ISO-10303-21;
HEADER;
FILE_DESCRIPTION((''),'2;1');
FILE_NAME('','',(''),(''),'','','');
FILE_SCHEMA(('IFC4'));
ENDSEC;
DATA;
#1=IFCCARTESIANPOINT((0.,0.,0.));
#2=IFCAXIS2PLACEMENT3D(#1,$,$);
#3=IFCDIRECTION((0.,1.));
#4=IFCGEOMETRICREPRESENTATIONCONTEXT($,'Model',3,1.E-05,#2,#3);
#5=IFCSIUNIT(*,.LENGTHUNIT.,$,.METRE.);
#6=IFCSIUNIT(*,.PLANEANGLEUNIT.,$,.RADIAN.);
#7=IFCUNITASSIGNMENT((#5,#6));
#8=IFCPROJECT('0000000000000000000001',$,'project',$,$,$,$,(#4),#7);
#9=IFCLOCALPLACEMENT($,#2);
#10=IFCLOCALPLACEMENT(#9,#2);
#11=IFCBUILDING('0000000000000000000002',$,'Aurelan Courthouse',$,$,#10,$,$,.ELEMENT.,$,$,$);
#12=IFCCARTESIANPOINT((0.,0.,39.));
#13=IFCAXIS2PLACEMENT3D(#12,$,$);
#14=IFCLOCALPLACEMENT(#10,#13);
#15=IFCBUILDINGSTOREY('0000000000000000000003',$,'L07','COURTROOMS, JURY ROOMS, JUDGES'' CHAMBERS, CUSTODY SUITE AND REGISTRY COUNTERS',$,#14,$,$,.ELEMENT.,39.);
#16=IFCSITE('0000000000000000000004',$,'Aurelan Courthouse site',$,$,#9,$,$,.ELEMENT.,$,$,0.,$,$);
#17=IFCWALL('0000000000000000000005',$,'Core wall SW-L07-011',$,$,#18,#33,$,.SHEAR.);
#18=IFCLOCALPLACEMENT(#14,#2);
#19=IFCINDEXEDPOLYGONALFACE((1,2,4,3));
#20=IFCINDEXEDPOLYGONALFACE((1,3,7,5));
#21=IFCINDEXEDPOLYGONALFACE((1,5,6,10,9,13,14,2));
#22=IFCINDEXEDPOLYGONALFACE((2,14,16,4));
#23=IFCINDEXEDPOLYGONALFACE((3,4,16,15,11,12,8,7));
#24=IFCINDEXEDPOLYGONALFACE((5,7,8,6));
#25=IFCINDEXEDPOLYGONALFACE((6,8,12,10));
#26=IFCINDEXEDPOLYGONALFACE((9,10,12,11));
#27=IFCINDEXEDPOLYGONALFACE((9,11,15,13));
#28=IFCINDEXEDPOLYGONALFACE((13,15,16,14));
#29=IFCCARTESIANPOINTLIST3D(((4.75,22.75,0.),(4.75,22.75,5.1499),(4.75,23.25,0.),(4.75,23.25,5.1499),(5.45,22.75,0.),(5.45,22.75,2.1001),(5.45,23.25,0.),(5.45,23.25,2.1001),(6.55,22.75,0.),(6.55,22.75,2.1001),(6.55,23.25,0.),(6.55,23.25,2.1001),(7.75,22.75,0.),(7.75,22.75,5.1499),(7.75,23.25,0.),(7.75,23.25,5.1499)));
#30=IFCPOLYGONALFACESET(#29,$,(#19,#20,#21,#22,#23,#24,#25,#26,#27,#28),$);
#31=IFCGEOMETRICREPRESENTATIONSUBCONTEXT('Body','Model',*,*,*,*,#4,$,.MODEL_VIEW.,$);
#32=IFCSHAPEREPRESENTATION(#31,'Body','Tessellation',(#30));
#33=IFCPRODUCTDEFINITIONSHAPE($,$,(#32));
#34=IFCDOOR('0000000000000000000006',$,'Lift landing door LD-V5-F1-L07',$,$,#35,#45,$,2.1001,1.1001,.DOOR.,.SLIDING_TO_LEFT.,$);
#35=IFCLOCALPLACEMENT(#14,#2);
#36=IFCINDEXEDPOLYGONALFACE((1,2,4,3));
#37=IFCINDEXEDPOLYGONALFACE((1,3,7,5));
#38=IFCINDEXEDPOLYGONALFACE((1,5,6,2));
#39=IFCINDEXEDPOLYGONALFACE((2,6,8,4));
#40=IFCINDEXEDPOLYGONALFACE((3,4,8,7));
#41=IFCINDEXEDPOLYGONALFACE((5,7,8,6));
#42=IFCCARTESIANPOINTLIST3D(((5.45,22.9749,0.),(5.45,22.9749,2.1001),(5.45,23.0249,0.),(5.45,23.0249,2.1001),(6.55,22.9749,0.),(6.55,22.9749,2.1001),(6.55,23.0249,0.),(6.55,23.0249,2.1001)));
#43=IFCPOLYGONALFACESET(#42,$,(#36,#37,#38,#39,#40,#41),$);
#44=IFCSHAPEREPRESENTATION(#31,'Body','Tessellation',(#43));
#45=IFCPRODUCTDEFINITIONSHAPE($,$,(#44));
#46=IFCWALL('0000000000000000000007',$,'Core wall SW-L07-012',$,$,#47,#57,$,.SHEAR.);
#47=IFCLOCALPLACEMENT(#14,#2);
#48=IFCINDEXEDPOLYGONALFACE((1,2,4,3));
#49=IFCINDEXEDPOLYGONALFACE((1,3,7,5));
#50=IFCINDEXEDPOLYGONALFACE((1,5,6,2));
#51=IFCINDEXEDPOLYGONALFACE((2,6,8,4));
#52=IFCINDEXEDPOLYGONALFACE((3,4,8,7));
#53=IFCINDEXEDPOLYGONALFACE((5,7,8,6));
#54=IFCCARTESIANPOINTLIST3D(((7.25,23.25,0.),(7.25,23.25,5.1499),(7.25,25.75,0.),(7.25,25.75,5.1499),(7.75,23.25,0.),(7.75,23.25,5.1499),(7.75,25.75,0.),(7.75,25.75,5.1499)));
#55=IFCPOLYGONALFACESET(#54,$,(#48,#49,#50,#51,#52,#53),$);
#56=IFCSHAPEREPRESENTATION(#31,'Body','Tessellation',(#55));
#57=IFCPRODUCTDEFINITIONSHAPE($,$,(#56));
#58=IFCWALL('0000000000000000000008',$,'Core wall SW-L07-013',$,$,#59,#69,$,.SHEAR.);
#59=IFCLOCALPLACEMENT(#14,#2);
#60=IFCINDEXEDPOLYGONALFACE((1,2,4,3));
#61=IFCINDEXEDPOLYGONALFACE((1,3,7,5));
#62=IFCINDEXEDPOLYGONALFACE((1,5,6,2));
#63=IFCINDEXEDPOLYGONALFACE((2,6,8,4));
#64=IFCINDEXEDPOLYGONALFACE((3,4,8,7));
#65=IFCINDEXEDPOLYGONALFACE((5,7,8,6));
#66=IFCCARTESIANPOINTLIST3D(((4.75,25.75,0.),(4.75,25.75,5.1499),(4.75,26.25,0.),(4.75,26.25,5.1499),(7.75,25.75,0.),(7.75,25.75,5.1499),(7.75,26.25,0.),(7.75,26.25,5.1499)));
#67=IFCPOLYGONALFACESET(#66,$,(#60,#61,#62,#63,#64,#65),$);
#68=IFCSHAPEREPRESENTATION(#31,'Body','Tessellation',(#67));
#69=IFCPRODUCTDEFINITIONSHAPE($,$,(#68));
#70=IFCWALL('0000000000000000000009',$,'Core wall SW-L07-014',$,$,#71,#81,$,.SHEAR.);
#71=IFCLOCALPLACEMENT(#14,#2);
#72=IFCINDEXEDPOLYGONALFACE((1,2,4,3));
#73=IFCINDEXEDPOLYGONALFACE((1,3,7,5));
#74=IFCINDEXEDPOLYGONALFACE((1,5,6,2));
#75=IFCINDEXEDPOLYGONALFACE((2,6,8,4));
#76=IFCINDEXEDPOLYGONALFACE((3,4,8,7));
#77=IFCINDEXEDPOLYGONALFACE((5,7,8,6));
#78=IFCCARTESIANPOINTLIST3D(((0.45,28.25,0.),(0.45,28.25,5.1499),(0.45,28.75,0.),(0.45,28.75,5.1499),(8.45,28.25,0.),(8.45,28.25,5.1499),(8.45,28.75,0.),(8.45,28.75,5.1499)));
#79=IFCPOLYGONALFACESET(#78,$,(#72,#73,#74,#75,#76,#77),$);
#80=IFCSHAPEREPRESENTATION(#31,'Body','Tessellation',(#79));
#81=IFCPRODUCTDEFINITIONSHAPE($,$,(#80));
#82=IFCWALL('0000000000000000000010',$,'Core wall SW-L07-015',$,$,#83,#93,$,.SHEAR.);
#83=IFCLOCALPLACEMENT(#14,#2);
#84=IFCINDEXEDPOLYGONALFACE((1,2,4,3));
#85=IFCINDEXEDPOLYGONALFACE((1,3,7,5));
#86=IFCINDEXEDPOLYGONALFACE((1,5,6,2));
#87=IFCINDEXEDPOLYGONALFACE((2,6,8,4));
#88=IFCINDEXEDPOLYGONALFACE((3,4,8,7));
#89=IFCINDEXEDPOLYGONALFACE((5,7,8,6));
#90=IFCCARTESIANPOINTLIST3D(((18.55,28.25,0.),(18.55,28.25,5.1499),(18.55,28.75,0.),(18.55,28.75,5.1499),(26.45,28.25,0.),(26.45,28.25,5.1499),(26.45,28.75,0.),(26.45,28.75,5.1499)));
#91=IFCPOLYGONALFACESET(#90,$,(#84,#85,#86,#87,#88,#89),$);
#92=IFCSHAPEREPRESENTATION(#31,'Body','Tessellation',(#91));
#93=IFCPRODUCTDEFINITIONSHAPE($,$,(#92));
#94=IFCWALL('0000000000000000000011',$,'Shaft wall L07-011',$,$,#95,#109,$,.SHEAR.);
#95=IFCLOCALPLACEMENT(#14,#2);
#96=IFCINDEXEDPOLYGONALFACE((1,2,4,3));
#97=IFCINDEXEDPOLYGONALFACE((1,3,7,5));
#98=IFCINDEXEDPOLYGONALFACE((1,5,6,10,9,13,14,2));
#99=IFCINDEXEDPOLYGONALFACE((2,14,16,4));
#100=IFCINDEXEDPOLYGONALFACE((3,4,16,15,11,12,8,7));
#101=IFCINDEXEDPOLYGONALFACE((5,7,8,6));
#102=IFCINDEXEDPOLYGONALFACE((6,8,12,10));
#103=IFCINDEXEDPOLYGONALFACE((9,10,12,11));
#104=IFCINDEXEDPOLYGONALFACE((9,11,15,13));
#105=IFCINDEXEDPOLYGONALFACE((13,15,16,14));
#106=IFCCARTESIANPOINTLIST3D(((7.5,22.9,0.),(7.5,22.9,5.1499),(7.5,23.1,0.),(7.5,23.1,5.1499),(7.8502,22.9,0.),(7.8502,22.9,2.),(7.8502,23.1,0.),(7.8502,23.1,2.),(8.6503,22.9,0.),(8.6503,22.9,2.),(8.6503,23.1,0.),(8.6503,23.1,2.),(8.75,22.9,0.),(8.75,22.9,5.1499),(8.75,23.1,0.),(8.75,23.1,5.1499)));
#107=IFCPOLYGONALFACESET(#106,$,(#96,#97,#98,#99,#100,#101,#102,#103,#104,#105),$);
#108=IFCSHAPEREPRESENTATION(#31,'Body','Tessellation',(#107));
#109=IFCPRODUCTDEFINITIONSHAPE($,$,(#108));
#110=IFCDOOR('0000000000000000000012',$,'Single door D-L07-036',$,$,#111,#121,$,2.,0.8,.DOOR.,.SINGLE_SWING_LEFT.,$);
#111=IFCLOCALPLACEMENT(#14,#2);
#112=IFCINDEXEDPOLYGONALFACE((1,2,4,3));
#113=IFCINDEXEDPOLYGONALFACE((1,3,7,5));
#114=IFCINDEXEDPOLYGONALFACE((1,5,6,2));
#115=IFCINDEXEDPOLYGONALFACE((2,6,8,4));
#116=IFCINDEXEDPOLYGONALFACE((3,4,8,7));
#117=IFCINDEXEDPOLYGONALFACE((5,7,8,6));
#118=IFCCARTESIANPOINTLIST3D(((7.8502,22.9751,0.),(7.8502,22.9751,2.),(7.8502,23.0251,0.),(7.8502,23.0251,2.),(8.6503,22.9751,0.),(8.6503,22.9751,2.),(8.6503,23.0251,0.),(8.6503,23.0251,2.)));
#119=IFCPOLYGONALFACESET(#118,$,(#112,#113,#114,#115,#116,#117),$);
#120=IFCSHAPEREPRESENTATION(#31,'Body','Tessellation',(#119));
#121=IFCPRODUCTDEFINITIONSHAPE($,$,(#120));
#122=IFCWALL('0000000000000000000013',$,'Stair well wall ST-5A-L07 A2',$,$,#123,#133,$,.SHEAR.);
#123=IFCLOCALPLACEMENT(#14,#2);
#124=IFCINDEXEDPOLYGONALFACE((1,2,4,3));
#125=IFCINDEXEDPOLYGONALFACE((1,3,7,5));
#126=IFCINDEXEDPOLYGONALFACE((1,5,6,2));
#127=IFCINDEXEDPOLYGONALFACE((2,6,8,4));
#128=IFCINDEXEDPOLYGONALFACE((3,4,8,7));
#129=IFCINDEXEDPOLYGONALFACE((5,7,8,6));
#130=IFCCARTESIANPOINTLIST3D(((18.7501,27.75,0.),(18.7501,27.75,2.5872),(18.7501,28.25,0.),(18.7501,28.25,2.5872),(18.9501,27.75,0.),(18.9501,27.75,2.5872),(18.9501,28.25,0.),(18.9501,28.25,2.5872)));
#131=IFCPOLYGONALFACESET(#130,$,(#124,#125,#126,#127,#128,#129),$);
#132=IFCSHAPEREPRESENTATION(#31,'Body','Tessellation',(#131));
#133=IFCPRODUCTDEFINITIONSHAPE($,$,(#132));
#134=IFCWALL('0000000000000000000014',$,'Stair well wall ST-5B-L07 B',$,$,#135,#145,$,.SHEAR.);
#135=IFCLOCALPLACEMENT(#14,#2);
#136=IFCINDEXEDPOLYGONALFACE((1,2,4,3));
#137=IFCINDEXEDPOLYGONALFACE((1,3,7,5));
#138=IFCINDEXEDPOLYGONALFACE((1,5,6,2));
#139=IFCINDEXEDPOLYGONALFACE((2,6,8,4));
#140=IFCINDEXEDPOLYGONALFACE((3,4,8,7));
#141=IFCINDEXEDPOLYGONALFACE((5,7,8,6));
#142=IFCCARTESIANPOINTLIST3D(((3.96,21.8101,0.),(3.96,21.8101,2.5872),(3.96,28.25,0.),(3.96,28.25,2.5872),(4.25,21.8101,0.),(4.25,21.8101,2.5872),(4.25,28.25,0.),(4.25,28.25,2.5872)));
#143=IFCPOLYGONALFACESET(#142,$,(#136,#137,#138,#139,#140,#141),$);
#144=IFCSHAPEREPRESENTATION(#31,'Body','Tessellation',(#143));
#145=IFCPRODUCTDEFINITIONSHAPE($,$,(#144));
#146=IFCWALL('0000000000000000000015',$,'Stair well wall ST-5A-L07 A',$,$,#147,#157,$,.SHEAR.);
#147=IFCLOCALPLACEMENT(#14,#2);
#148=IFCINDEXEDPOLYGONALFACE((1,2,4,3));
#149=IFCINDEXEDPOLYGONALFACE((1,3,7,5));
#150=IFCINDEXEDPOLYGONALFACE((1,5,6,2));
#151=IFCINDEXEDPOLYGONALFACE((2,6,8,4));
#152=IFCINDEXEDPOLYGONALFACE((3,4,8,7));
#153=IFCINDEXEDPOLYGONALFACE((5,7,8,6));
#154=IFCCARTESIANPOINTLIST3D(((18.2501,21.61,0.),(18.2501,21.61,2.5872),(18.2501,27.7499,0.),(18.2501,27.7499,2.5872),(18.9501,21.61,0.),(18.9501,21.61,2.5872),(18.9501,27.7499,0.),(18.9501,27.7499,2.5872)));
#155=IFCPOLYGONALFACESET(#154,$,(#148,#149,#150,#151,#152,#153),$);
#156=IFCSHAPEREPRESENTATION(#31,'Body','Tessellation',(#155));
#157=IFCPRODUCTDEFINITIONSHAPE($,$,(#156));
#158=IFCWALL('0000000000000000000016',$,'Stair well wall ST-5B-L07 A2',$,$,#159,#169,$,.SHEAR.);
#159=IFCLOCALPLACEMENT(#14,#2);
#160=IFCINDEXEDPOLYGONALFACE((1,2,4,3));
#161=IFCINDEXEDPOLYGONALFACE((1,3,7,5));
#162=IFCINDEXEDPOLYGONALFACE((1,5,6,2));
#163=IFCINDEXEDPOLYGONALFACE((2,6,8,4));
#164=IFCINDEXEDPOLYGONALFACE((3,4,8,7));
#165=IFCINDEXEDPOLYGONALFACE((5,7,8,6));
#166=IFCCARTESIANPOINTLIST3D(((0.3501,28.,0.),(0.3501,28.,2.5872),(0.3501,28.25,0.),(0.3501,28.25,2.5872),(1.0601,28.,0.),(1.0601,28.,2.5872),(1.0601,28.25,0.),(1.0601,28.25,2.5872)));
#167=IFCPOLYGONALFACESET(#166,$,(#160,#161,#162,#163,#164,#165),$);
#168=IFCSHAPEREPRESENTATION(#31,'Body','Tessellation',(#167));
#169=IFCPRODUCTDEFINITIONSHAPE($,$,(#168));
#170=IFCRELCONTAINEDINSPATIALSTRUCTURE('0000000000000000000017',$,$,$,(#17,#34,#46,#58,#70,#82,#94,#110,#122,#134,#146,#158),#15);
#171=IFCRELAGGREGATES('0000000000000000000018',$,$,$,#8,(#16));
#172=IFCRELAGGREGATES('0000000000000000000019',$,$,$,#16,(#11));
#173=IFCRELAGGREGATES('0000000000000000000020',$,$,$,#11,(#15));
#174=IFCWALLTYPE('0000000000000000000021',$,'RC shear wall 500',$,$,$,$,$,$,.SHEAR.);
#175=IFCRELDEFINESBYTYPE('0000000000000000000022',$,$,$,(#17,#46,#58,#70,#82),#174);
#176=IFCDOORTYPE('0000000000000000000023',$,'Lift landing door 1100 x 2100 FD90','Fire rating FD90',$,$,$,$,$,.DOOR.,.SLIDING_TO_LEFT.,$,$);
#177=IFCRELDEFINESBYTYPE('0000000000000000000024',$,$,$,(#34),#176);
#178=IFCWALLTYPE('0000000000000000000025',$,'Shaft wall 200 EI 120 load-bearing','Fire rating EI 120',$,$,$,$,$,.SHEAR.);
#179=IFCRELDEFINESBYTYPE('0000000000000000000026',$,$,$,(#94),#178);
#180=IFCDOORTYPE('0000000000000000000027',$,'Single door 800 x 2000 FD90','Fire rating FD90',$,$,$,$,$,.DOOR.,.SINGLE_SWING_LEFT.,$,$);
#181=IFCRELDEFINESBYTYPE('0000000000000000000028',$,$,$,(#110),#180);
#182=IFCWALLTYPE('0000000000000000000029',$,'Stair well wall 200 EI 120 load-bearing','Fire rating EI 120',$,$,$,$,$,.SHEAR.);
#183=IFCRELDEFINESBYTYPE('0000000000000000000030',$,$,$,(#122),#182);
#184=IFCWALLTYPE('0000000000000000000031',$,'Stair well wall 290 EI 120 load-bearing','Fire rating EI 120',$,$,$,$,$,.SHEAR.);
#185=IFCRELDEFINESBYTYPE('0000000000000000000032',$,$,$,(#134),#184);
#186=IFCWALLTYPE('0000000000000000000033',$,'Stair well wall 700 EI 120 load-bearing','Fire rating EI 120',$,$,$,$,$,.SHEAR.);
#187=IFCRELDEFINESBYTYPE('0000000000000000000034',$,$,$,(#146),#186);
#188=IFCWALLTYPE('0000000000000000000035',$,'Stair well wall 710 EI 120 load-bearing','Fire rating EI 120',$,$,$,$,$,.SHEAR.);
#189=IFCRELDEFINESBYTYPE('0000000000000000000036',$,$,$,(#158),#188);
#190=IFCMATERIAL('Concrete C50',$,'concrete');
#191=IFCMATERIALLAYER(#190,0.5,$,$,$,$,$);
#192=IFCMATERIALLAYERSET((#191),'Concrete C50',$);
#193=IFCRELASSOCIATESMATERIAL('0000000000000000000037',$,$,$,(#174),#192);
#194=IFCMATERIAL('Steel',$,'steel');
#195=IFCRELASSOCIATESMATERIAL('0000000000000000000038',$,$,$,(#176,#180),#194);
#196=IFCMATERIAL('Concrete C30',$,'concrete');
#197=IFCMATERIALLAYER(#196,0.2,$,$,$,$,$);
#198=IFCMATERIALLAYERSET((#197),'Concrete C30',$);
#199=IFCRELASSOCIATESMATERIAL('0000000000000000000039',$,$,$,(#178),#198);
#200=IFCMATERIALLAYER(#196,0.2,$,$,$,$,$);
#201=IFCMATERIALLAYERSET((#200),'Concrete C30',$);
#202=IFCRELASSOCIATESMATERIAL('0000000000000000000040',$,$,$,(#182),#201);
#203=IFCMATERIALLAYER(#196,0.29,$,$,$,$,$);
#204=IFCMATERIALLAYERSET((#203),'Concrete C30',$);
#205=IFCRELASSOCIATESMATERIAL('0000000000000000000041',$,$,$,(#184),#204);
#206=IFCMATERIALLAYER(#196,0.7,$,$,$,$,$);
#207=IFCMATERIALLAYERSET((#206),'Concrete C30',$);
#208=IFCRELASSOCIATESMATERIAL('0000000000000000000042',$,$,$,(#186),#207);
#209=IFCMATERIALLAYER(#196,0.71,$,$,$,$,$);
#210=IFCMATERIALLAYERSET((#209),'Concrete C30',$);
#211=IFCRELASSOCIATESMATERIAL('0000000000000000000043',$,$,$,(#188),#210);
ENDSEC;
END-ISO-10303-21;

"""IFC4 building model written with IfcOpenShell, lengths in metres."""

from ifc_helpers import new_model, si_unit, direction, frame, frame_2d, origin, place, context, subcontext, project, spatial, rectangle, extrude, material, layer, layer_set, type_object, element, fill, save


model = new_model("IFC4")

# Units and contexts
model_context = context("Model", 3, precision=1e-05, world=origin(), true_north=direction((0.0, 1.0)))
body_context = subcontext(model_context, "Body", "Model", "MODEL_VIEW")
ifc_project = project(units=[si_unit("LENGTHUNIT", "METRE"), si_unit("PLANEANGLEUNIT", "RADIAN")], contexts=[model_context])

# Site, building, storey
site_placement = place(None, origin())
site = spatial("IfcSite", under=ifc_project, at=site_placement, Name="Aurelan Courthouse site", CompositionType="ELEMENT", RefElevation=0.0)
building_placement = place(site_placement, origin())
building = spatial("IfcBuilding", under=site, at=building_placement, Name="Aurelan Courthouse", CompositionType="ELEMENT")
storey_placement = place(building_placement, frame((0.0, 0.0, 39.0)))
storey = spatial("IfcBuildingStorey", under=building, at=storey_placement, Name="L07", Description="COURTROOMS, JURY ROOMS, JUDGES' CHAMBERS, CUSTODY SUITE AND REGISTRY COUNTERS", CompositionType="ELEMENT", Elevation=39.0)

# Shared definitions
ifc_material_1 = material(Name="Concrete C50", Category="concrete")

# Shared definitions
ifc_layer_1 = layer(ifc_material_1, 0.5)
ifc_layer_set_1 = layer_set([ifc_layer_1], Name="Concrete C50")
wall_type_1 = type_object("IfcWallType", Name="RC shear wall 500", PredefinedType="SHEAR", material=ifc_layer_set_1)
ifc_material_2 = material(Name="Steel", Category="steel")
door_type_1 = type_object("IfcDoorType", Name="Lift landing door 1100 x 2100 FD90", Description="Fire rating FD90", OperationType="SLIDING_TO_LEFT", PredefinedType="DOOR", material=ifc_material_2)

# Wall, opening, door
wall_1_placement = place(storey_placement, frame((4.75, 23.0, 0.0), z_axis=(0.0, 0.0, 1.0), x_axis=(1.0, 0.0, 0.0)))
wall_1 = element("IfcWall", 1, at=wall_1_placement, inside=storey, type_object=wall_type_1, Name="Core wall SW-L07-011", PredefinedType="SHEAR", context=body_context, shape_type="SweptSolid", body=[
    extrude(rectangle(XDim=3.0, YDim=0.5, at=frame_2d((1.5, 0.0))), origin(), (0.0, 0.0, 1.0), 5.1499),
])
opening_1_placement = place(wall_1_placement, frame((0.7, 0.0, 0.0)))
opening_1 = element("IfcOpeningElement", 2, at=opening_1_placement, cuts=wall_1, PredefinedType="OPENING", context=body_context, shape_type="SweptSolid", body=[
    extrude(rectangle(XDim=1.1001, YDim=2.1001, at=frame_2d((0.55, 1.05))), frame((0.0, 0.26, 0.0), z_axis=(0.0, -1.0, 0.0), x_axis=(1.0, 0.0, 0.0)), (0.0, 0.0, 1.0), 0.52),
])
door_1_placement = place(opening_1_placement, origin())
door_1 = element("IfcDoor", 3, at=door_1_placement, inside=storey, type_object=door_type_1, Name="Lift landing door LD-V5-F1-L07", OperationType="SLIDING_TO_LEFT", OverallHeight=2.1001, OverallWidth=1.1001, PredefinedType="DOOR", context=body_context, shape_type="SweptSolid", body=[
    extrude(rectangle(XDim=1.1001, YDim=2.1001, at=frame_2d((0.55, 1.05))), frame((0.0, 0.0249, 0.0), z_axis=(0.0, -1.0, 0.0), x_axis=(1.0, 0.0, 0.0)), (0.0, 0.0, 1.0), 0.05),
])
fill(opening_1, door_1)

# Walls
wall_2_placement = place(storey_placement, frame((7.5, 23.25, 0.0), z_axis=(0.0, 0.0, 1.0), x_axis=(0.0, 1.0, 0.0)))
element("IfcWall", 4, at=wall_2_placement, inside=storey, type_object=wall_type_1, Name="Core wall SW-L07-012", PredefinedType="SHEAR", context=body_context, shape_type="SweptSolid", body=[
    extrude(rectangle(XDim=2.5, YDim=0.5, at=frame_2d((1.25, 0.0))), origin(), (0.0, 0.0, 1.0), 5.1499),
])
wall_3_placement = place(storey_placement, frame((4.75, 26.0, 0.0), z_axis=(0.0, 0.0, 1.0), x_axis=(1.0, 0.0, 0.0)))
element("IfcWall", 5, at=wall_3_placement, inside=storey, type_object=wall_type_1, Name="Core wall SW-L07-013", PredefinedType="SHEAR", context=body_context, shape_type="SweptSolid", body=[
    extrude(rectangle(XDim=3.0, YDim=0.5, at=frame_2d((1.5, 0.0))), origin(), (0.0, 0.0, 1.0), 5.1499),
])
wall_4_placement = place(storey_placement, frame((0.45, 28.5, 0.0), z_axis=(0.0, 0.0, 1.0), x_axis=(1.0, 0.0, 0.0)))
element("IfcWall", 6, at=wall_4_placement, inside=storey, type_object=wall_type_1, Name="Core wall SW-L07-014", PredefinedType="SHEAR", context=body_context, shape_type="SweptSolid", body=[
    extrude(rectangle(XDim=8.0, YDim=0.5, at=frame_2d((4.0, 0.0))), origin(), (0.0, 0.0, 1.0), 5.1499),
])
wall_5_placement = place(storey_placement, frame((18.55, 28.5, 0.0), z_axis=(0.0, 0.0, 1.0), x_axis=(1.0, 0.0, 0.0)))
element("IfcWall", 7, at=wall_5_placement, inside=storey, type_object=wall_type_1, Name="Core wall SW-L07-015", PredefinedType="SHEAR", context=body_context, shape_type="SweptSolid", body=[
    extrude(rectangle(XDim=7.8999, YDim=0.5, at=frame_2d((3.95, 0.0))), origin(), (0.0, 0.0, 1.0), 5.1499),
])

# Wall, opening, door
ifc_material_3 = material(Name="Concrete C30", Category="concrete")
ifc_layer_2 = layer(ifc_material_3, 0.2)
ifc_layer_set_2 = layer_set([ifc_layer_2], Name="Concrete C30")
wall_type_2 = type_object("IfcWallType", Name="Shaft wall 200 EI 120 load-bearing", Description="Fire rating EI 120", PredefinedType="SHEAR", material=ifc_layer_set_2)
wall_6_placement = place(storey_placement, frame((7.5, 23.0, 0.0), z_axis=(0.0, 0.0, 1.0), x_axis=(1.0, 0.0, 0.0)))
wall_6 = element("IfcWall", 8, at=wall_6_placement, inside=storey, type_object=wall_type_2, Name="Shaft wall L07-011", PredefinedType="SHEAR", context=body_context, shape_type="SweptSolid", body=[
    extrude(rectangle(XDim=1.25, YDim=0.2, at=frame_2d((0.625, 0.0))), origin(), (0.0, 0.0, 1.0), 5.1499),
])
opening_2_placement = place(wall_6_placement, frame((1.1501, 0.0, 0.0), z_axis=(0.0, 0.0, 1.0), x_axis=(-1.0, 0.0, 0.0)))
opening_2 = element("IfcOpeningElement", 9, at=opening_2_placement, cuts=wall_6, PredefinedType="OPENING", context=body_context, shape_type="SweptSolid", body=[
    extrude(rectangle(XDim=0.8, YDim=2.0, at=frame_2d((0.3999, 1.0))), frame((0.0, 0.1099, 0.0), z_axis=(0.0, -1.0, 0.0), x_axis=(1.0, 0.0, 0.0)), (0.0, 0.0, 1.0), 0.22),
])
door_type_2 = type_object("IfcDoorType", Name="Single door 800 x 2000 FD90", Description="Fire rating FD90", OperationType="SINGLE_SWING_LEFT", PredefinedType="DOOR", material=ifc_material_2)
door_2_placement = place(opening_2_placement, origin())
door_2 = element("IfcDoor", 10, at=door_2_placement, inside=storey, type_object=door_type_2, Name="Single door D-L07-036", OperationType="SINGLE_SWING_LEFT", OverallHeight=2.0, OverallWidth=0.8, PredefinedType="DOOR", context=body_context, shape_type="SweptSolid", body=[
    extrude(rectangle(XDim=0.8, YDim=2.0, at=frame_2d((0.3999, 1.0))), frame((0.0, 0.0249, 0.0), z_axis=(0.0, -1.0, 0.0), x_axis=(1.0, 0.0, 0.0)), (0.0, 0.0, 1.0), 0.05),
])
fill(opening_2, door_2)

# Walls
ifc_layer_3 = layer(ifc_material_3, 0.2)
ifc_layer_set_3 = layer_set([ifc_layer_3], Name="Concrete C30")
wall_type_3 = type_object("IfcWallType", Name="Stair well wall 200 EI 120 load-bearing", Description="Fire rating EI 120", PredefinedType="SHEAR", material=ifc_layer_set_3)
wall_7_placement = place(storey_placement, frame((18.8501, 27.75, 0.0), z_axis=(0.0, 0.0, 1.0), x_axis=(0.0, 1.0, 0.0)))
element("IfcWall", 11, at=wall_7_placement, inside=storey, type_object=wall_type_3, Name="Stair well wall ST-5A-L07 A2", PredefinedType="SHEAR", context=body_context, shape_type="SweptSolid", body=[
    extrude(rectangle(XDim=0.5, YDim=0.2, at=frame_2d((0.25, 0.0))), origin(), (0.0, 0.0, 1.0), 2.5872),
])
ifc_layer_4 = layer(ifc_material_3, 0.29)
ifc_layer_set_4 = layer_set([ifc_layer_4], Name="Concrete C30")
wall_type_4 = type_object("IfcWallType", Name="Stair well wall 290 EI 120 load-bearing", Description="Fire rating EI 120", PredefinedType="SHEAR", material=ifc_layer_set_4)
wall_8_placement = place(storey_placement, frame((4.105, 21.8101, 0.0), z_axis=(0.0, 0.0, 1.0), x_axis=(0.0, 1.0, 0.0)))
element("IfcWall", 12, at=wall_8_placement, inside=storey, type_object=wall_type_4, Name="Stair well wall ST-5B-L07 B", PredefinedType="SHEAR", context=body_context, shape_type="SweptSolid", body=[
    extrude(rectangle(XDim=6.4399, YDim=0.29, at=frame_2d((3.22, 0.0))), origin(), (0.0, 0.0, 1.0), 2.5872),
])
ifc_layer_5 = layer(ifc_material_3, 0.7)
ifc_layer_set_5 = layer_set([ifc_layer_5], Name="Concrete C30")
wall_type_5 = type_object("IfcWallType", Name="Stair well wall 700 EI 120 load-bearing", Description="Fire rating EI 120", PredefinedType="SHEAR", material=ifc_layer_set_5)
wall_9_placement = place(storey_placement, frame((18.6001, 21.6101, 0.0), z_axis=(0.0, 0.0, 1.0), x_axis=(0.0, 1.0, 0.0)))
element("IfcWall", 13, at=wall_9_placement, inside=storey, type_object=wall_type_5, Name="Stair well wall ST-5A-L07 A", PredefinedType="SHEAR", context=body_context, shape_type="SweptSolid", body=[
    extrude(rectangle(XDim=6.1399, YDim=0.7, at=frame_2d((3.0698, 0.0))), origin(), (0.0, 0.0, 1.0), 2.5872),
])
ifc_layer_6 = layer(ifc_material_3, 0.71)
ifc_layer_set_6 = layer_set([ifc_layer_6], Name="Concrete C30")
wall_type_6 = type_object("IfcWallType", Name="Stair well wall 710 EI 120 load-bearing", Description="Fire rating EI 120", PredefinedType="SHEAR", material=ifc_layer_set_6)
wall_10_placement = place(storey_placement, frame((0.7051, 28.0, 0.0), z_axis=(0.0, 0.0, 1.0), x_axis=(0.0, 1.0, 0.0)))
element("IfcWall", 14, at=wall_10_placement, inside=storey, type_object=wall_type_6, Name="Stair well wall ST-5B-L07 A2", PredefinedType="SHEAR", context=body_context, shape_type="SweptSolid", body=[
    extrude(rectangle(XDim=0.25, YDim=0.71, at=frame_2d((0.125, 0.0))), origin(), (0.0, 0.0, 1.0), 2.5872),
])

save(model, "model.ifc")
